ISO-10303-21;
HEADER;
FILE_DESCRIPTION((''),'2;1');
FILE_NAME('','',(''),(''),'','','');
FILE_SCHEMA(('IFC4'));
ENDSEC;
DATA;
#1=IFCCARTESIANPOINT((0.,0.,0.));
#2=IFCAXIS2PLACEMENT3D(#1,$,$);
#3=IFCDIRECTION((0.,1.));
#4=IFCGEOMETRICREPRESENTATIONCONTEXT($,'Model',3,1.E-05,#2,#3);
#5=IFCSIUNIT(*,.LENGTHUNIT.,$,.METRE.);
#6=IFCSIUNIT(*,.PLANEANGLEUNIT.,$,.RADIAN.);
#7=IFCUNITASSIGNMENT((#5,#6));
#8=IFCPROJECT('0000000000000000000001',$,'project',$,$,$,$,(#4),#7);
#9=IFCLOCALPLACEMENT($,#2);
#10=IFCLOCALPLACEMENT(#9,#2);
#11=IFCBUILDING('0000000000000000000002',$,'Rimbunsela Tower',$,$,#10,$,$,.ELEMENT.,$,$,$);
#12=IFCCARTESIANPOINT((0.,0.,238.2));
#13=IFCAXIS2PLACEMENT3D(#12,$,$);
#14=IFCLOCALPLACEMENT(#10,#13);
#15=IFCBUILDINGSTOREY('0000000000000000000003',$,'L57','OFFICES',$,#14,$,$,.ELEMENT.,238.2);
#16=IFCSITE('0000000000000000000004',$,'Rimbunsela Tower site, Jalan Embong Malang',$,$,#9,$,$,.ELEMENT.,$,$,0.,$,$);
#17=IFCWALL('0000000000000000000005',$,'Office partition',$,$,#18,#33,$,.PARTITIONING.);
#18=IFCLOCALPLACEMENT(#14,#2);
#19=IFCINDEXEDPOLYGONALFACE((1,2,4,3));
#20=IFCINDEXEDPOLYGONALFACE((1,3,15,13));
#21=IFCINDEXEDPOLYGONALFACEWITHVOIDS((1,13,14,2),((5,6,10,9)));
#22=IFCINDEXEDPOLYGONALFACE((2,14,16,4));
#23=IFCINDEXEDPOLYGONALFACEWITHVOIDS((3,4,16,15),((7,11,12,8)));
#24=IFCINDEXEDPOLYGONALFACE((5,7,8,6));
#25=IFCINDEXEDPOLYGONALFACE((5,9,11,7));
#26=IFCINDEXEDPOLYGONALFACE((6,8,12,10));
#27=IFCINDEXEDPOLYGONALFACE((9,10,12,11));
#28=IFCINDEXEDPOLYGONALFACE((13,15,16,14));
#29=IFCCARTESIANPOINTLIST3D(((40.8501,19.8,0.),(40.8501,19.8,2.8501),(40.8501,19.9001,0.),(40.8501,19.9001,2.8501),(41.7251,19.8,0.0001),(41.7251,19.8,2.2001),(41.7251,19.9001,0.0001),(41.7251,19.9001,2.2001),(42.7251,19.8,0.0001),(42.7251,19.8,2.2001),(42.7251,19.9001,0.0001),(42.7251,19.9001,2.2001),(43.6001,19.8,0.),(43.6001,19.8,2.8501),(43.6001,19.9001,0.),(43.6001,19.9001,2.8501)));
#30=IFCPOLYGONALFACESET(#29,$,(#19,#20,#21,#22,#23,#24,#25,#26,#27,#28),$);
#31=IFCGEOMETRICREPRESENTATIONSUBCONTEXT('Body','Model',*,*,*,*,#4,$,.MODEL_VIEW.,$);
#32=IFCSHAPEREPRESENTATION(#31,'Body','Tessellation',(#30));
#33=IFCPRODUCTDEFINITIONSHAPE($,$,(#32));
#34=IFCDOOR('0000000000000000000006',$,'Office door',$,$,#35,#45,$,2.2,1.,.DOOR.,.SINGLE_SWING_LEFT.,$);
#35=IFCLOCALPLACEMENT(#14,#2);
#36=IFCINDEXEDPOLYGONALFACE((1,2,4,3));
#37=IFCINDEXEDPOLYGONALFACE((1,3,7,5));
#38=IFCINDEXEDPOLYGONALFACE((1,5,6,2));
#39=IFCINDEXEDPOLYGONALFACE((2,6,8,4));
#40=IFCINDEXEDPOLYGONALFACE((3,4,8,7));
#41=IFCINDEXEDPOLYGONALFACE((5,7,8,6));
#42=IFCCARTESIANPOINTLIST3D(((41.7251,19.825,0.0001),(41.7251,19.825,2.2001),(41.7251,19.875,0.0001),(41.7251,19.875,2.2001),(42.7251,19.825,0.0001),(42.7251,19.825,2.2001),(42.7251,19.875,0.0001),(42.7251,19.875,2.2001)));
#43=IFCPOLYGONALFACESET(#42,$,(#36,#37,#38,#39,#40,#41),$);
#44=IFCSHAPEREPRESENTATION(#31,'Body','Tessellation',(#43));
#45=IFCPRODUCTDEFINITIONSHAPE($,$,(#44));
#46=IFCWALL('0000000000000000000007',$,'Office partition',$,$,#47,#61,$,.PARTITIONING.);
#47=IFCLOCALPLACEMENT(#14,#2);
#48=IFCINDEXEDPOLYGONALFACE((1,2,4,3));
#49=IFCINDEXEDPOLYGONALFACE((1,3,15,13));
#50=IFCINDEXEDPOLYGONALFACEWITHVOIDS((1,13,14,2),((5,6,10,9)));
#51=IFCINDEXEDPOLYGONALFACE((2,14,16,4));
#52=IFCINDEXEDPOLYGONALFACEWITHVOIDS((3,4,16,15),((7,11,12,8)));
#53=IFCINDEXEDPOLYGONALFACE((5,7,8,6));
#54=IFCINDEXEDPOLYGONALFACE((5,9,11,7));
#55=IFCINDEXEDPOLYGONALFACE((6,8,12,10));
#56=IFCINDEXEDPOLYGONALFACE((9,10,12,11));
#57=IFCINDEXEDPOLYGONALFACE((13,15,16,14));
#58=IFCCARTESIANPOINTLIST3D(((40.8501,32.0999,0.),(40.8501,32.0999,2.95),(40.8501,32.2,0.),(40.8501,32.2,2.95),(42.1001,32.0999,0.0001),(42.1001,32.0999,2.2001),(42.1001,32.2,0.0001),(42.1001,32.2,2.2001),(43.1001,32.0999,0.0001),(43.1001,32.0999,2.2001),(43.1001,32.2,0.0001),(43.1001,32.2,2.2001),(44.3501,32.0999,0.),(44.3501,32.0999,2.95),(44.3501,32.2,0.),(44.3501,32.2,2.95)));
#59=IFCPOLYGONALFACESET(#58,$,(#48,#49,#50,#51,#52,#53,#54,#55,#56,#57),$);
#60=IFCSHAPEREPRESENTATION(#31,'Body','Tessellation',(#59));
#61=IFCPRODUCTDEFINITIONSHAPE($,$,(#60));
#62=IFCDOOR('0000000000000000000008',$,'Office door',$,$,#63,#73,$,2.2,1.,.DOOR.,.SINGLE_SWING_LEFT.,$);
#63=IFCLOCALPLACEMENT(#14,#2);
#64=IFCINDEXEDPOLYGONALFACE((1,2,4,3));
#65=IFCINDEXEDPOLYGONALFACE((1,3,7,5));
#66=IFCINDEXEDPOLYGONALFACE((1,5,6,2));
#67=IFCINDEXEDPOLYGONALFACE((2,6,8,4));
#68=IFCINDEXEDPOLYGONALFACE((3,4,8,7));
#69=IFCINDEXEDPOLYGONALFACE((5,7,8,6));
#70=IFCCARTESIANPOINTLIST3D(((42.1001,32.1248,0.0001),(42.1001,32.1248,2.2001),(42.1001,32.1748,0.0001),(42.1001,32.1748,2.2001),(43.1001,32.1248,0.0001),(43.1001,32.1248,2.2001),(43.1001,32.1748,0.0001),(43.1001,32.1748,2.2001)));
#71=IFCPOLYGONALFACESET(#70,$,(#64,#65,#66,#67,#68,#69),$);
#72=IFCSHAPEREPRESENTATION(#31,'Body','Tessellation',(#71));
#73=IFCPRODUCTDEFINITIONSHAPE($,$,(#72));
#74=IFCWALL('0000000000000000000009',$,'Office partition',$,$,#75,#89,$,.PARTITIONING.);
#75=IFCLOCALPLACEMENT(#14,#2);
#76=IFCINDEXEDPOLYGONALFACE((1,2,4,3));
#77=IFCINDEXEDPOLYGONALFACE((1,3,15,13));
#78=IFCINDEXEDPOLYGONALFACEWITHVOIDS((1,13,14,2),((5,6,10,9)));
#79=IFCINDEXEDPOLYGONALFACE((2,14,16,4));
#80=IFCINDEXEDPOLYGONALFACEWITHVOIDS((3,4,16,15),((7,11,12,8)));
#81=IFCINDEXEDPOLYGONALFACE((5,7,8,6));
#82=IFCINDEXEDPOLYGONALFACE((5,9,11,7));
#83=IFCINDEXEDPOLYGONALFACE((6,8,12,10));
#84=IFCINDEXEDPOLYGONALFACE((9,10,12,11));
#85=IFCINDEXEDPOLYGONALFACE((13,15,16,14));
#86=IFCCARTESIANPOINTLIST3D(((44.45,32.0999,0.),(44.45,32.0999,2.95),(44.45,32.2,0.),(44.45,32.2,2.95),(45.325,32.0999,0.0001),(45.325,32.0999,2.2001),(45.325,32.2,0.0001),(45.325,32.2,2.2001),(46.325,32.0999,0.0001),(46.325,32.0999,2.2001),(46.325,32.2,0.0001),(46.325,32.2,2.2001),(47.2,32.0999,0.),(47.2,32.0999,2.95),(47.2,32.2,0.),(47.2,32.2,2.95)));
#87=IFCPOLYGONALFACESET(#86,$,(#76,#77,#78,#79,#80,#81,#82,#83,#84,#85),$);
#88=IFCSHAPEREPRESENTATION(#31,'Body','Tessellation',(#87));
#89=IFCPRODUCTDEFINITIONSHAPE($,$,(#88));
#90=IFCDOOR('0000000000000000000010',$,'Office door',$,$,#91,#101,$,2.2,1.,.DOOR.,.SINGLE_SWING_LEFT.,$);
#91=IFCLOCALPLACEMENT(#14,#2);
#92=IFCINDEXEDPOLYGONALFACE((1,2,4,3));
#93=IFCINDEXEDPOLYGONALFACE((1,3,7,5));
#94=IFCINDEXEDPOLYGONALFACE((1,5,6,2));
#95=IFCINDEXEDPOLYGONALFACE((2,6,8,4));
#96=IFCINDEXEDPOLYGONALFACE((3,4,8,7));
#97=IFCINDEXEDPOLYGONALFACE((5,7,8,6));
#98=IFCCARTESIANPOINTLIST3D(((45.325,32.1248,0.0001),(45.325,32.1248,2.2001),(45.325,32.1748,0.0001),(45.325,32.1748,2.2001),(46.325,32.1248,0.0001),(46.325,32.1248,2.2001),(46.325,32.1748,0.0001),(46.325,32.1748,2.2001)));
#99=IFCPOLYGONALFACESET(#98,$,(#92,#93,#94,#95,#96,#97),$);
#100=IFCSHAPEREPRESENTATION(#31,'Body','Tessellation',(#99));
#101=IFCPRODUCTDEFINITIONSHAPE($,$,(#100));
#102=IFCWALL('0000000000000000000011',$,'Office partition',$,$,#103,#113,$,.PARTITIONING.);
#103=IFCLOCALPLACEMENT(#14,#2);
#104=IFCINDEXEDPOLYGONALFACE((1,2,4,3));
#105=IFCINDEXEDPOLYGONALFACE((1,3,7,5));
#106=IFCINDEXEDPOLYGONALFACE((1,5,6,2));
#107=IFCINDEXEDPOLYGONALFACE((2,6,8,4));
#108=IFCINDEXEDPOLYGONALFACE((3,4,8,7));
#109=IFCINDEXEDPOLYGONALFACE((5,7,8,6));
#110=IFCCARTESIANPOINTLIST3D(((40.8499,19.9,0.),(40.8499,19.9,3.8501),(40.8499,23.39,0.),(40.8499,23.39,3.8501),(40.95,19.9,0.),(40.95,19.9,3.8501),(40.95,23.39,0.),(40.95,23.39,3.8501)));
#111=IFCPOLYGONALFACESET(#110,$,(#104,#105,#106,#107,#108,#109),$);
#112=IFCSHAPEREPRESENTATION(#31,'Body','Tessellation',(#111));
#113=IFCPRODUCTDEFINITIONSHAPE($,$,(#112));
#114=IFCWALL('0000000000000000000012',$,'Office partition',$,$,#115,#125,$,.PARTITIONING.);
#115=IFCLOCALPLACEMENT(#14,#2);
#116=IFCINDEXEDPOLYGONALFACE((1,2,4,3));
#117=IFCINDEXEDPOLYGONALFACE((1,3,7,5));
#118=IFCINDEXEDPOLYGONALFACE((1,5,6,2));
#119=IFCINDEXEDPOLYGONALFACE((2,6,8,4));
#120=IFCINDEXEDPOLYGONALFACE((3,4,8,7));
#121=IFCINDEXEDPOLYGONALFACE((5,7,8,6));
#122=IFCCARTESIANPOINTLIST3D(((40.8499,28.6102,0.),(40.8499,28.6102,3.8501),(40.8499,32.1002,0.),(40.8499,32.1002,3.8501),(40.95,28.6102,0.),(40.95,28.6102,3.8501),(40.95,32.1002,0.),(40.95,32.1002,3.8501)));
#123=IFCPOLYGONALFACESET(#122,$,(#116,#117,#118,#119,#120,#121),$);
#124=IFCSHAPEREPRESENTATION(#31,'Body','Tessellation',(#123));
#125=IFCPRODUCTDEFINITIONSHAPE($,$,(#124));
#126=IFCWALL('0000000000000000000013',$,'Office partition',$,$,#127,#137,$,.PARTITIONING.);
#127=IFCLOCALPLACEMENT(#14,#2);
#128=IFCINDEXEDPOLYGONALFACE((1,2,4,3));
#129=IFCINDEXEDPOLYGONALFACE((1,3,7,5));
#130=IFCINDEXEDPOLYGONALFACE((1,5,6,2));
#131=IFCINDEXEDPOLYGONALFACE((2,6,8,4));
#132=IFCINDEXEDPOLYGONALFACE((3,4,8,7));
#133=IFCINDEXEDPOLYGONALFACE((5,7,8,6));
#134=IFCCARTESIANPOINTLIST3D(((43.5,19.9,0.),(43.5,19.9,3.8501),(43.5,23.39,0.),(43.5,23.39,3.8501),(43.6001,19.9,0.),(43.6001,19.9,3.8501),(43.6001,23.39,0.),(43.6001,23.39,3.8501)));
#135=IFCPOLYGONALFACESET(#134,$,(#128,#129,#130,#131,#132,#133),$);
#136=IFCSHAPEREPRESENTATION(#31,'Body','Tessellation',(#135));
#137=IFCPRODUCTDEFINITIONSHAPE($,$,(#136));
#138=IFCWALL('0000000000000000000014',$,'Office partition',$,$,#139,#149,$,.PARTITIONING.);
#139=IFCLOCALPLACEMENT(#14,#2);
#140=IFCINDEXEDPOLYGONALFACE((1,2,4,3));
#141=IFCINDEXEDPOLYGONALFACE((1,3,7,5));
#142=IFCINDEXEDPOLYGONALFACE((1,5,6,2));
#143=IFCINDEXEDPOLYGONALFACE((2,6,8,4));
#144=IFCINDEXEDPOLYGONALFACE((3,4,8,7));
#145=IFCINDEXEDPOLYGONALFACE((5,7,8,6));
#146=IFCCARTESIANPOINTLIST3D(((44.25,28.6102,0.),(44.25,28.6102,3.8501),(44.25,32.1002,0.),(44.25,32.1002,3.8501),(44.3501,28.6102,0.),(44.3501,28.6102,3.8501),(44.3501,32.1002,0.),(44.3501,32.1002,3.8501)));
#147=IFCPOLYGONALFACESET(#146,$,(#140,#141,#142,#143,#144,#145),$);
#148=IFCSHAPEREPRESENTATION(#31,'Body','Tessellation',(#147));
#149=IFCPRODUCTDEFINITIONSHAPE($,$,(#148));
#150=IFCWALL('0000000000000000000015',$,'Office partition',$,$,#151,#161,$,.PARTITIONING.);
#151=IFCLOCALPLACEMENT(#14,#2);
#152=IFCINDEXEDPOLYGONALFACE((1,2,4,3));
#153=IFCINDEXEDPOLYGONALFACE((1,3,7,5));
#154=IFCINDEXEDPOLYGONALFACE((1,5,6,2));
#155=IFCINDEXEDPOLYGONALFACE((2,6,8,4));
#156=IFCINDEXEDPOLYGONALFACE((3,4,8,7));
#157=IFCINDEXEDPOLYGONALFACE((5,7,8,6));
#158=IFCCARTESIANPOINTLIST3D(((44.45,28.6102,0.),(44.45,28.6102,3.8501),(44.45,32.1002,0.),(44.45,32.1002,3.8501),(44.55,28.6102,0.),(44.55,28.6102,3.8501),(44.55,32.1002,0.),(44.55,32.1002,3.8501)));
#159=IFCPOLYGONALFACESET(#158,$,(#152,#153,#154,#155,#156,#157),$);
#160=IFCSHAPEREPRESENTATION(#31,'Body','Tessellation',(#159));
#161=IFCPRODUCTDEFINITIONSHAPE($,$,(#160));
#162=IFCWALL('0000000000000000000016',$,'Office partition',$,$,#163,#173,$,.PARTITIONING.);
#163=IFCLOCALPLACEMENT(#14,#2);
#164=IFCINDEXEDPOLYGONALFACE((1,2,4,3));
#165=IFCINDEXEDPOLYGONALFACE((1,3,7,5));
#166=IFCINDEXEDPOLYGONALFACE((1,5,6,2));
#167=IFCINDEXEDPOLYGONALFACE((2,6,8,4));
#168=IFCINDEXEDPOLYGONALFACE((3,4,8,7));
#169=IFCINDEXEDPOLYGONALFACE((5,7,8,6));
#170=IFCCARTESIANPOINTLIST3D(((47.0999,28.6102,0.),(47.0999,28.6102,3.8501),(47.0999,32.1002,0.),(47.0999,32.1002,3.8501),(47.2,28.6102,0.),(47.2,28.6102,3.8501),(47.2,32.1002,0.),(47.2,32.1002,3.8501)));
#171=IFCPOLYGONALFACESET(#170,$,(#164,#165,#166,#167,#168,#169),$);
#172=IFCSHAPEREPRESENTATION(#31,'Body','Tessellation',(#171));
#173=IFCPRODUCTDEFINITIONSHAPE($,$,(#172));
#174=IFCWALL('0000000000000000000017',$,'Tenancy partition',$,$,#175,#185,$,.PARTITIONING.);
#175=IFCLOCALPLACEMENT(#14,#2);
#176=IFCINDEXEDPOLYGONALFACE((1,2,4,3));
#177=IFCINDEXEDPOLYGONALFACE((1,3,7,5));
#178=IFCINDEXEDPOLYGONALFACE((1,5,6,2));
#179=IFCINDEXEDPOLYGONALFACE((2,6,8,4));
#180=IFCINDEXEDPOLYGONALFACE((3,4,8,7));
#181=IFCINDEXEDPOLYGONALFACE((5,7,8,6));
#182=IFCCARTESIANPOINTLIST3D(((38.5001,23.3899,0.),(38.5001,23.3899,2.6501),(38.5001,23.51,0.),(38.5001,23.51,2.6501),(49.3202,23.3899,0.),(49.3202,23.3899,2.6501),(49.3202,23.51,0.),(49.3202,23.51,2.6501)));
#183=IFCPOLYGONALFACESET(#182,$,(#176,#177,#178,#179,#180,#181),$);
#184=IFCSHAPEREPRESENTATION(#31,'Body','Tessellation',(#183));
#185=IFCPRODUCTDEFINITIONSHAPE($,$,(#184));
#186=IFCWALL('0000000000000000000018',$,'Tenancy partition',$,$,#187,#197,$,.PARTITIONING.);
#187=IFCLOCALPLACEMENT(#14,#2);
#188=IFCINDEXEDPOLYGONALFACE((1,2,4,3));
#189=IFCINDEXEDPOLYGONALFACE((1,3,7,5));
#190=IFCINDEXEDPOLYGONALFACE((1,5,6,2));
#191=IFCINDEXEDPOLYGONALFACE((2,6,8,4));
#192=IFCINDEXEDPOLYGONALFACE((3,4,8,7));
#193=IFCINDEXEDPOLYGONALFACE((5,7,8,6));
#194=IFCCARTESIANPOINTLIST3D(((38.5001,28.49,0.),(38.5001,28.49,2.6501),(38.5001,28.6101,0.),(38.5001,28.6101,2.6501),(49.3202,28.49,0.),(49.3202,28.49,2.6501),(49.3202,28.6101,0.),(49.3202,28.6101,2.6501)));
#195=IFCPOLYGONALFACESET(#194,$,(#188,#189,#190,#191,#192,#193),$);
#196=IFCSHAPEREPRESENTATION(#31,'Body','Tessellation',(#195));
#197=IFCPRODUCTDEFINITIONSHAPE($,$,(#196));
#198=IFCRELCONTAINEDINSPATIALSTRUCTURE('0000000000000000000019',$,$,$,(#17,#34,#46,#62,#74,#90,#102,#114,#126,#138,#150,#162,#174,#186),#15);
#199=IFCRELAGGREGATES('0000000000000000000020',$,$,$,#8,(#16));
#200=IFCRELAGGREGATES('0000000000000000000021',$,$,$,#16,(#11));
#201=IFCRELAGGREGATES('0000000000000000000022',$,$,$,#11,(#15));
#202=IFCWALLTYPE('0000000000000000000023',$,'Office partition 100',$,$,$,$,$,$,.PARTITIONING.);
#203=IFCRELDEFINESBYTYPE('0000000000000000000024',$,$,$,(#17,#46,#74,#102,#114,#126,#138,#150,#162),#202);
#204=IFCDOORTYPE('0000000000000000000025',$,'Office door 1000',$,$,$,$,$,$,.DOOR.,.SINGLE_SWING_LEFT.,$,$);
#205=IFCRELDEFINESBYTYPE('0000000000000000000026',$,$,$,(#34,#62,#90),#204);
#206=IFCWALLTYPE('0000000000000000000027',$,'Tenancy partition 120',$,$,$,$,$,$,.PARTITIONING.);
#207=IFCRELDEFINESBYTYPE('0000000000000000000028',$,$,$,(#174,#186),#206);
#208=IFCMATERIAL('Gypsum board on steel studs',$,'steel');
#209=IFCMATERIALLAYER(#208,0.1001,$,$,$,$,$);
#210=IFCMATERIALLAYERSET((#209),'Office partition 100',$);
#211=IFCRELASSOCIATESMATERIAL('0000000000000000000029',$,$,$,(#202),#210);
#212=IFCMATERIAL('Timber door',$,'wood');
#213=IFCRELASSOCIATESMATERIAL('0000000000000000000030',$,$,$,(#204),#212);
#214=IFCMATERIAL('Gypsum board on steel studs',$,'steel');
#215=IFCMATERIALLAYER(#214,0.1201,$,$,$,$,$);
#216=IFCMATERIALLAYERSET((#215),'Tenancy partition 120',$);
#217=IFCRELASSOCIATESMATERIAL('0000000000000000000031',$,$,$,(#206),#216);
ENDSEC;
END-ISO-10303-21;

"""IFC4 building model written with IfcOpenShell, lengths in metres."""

from ifc_helpers import new_model, si_unit, direction, frame, frame_2d, origin, place, context, subcontext, project, spatial, rectangle, extrude, material, layer, layer_set, type_object, element, fill, save


model = new_model("IFC4")

# Units and contexts
model_context = context("Model", 3, precision=1e-05, world=origin(), true_north=direction((0.0, 1.0)))
body_context = subcontext(model_context, "Body", "Model", "MODEL_VIEW")
ifc_project = project(units=[si_unit("LENGTHUNIT", "METRE"), si_unit("PLANEANGLEUNIT", "RADIAN")], contexts=[model_context])

# Site, building, storey
site_placement = place(None, origin())
site = spatial("IfcSite", under=ifc_project, at=site_placement, Name="Rimbunsela Tower site, Jalan Embong Malang", CompositionType="ELEMENT", RefElevation=0.0)
building_placement = place(site_placement, origin())
building = spatial("IfcBuilding", under=site, at=building_placement, Name="Rimbunsela Tower", CompositionType="ELEMENT")
storey_placement = place(building_placement, frame((0.0, 0.0, 238.2)))
storey = spatial("IfcBuildingStorey", under=building, at=storey_placement, Name="L57", Description="OFFICES", CompositionType="ELEMENT", Elevation=238.2)

# Walls, openings, doors
ifc_material_1 = material(Name="Gypsum board on steel studs", Category="steel")
ifc_layer_1 = layer(ifc_material_1, 0.1001)
ifc_layer_set_1 = layer_set([ifc_layer_1], Name="Office partition 100")
wall_type_1 = type_object("IfcWallType", Name="Office partition 100", PredefinedType="PARTITIONING", material=ifc_layer_set_1)
wall_1_placement = place(storey_placement, frame((40.8501, 19.8501, 0.0), z_axis=(0.0, 0.0, 1.0), x_axis=(1.0, 0.0, 0.0)))
wall_1 = element("IfcWall", 1, at=wall_1_placement, inside=storey, type_object=wall_type_1, Name="Office partition", PredefinedType="PARTITIONING", context=body_context, shape_type="SweptSolid", body=[
    extrude(rectangle(XDim=2.75, YDim=0.1001, at=frame_2d((1.375, 0.0))), origin(), (0.0, 0.0, 1.0), 2.8501),
])
opening_1_placement = place(wall_1_placement, frame((0.875, 0.0, 0.0)))
opening_1 = element("IfcOpeningElement", 2, at=opening_1_placement, cuts=wall_1, PredefinedType="OPENING", context=body_context, shape_type="SweptSolid", body=[
    extrude(rectangle(XDim=1.0, YDim=2.2, at=frame_2d((0.5, 1.1001))), frame((0.0, 0.0601, 0.0), z_axis=(0.0, -1.0, 0.0), x_axis=(1.0, 0.0, 0.0)), (0.0, 0.0, 1.0), 0.1201),
])
ifc_material_2 = material(Name="Timber door", Category="wood")
door_type = type_object("IfcDoorType", Name="Office door 1000", OperationType="SINGLE_SWING_LEFT", PredefinedType="DOOR", material=ifc_material_2)
door_1_placement = place(opening_1_placement, origin())
door_1 = element("IfcDoor", 3, at=door_1_placement, inside=storey, type_object=door_type, Name="Office door", OperationType="SINGLE_SWING_LEFT", OverallHeight=2.2, OverallWidth=1.0, PredefinedType="DOOR", context=body_context, shape_type="SweptSolid", body=[
    extrude(rectangle(XDim=1.0, YDim=2.2, at=frame_2d((0.5, 1.1001))), frame((0.0, 0.0249, 0.0), z_axis=(0.0, -1.0, 0.0), x_axis=(1.0, 0.0, 0.0)), (0.0, 0.0, 1.0), 0.05),
])
fill(opening_1, door_1)
wall_2_placement = place(storey_placement, frame((40.8501, 32.1499, 0.0), z_axis=(0.0, 0.0, 1.0), x_axis=(1.0, 0.0, 0.0)))
wall_2 = element("IfcWall", 4, at=wall_2_placement, inside=storey, type_object=wall_type_1, Name="Office partition", PredefinedType="PARTITIONING", context=body_context, shape_type="SweptSolid", body=[
    extrude(rectangle(XDim=3.5, YDim=0.1001, at=frame_2d((1.75, 0.0))), origin(), (0.0, 0.0, 1.0), 2.95),
])
opening_2_placement = place(wall_2_placement, frame((1.25, 0.0, 0.0)))
opening_2 = element("IfcOpeningElement", 5, at=opening_2_placement, cuts=wall_2, PredefinedType="OPENING", context=body_context, shape_type="SweptSolid", body=[
    extrude(rectangle(XDim=1.0, YDim=2.2, at=frame_2d((0.5, 1.1001))), frame((0.0, 0.0601, 0.0), z_axis=(0.0, -1.0, 0.0), x_axis=(1.0, 0.0, 0.0)), (0.0, 0.0, 1.0), 0.1201),
])
door_2_placement = place(opening_2_placement, origin())
door_2 = element("IfcDoor", 6, at=door_2_placement, inside=storey, type_object=door_type, Name="Office door", OperationType="SINGLE_SWING_LEFT", OverallHeight=2.2, OverallWidth=1.0, PredefinedType="DOOR", context=body_context, shape_type="SweptSolid", body=[
    extrude(rectangle(XDim=1.0, YDim=2.2, at=frame_2d((0.5, 1.1001))), frame((0.0, 0.0249, 0.0), z_axis=(0.0, -1.0, 0.0), x_axis=(1.0, 0.0, 0.0)), (0.0, 0.0, 1.0), 0.05),
])
fill(opening_2, door_2)
wall_3_placement = place(storey_placement, frame((44.45, 32.1499, 0.0), z_axis=(0.0, 0.0, 1.0), x_axis=(1.0, 0.0, 0.0)))
wall_3 = element("IfcWall", 7, at=wall_3_placement, inside=storey, type_object=wall_type_1, Name="Office partition", PredefinedType="PARTITIONING", context=body_context, shape_type="SweptSolid", body=[
    extrude(rectangle(XDim=2.75, YDim=0.1001, at=frame_2d((1.375, 0.0))), origin(), (0.0, 0.0, 1.0), 2.95),
])
opening_3_placement = place(wall_3_placement, frame((0.875, 0.0, 0.0)))
opening_3 = element("IfcOpeningElement", 8, at=opening_3_placement, cuts=wall_3, PredefinedType="OPENING", context=body_context, shape_type="SweptSolid", body=[
    extrude(rectangle(XDim=1.0, YDim=2.2, at=frame_2d((0.5, 1.1001))), frame((0.0, 0.0601, 0.0), z_axis=(0.0, -1.0, 0.0), x_axis=(1.0, 0.0, 0.0)), (0.0, 0.0, 1.0), 0.1201),
])
door_3_placement = place(opening_3_placement, origin())
door_3 = element("IfcDoor", 9, at=door_3_placement, inside=storey, type_object=door_type, Name="Office door", OperationType="SINGLE_SWING_LEFT", OverallHeight=2.2, OverallWidth=1.0, PredefinedType="DOOR", context=body_context, shape_type="SweptSolid", body=[
    extrude(rectangle(XDim=1.0, YDim=2.2, at=frame_2d((0.5, 1.1001))), frame((0.0, 0.0249, 0.0), z_axis=(0.0, -1.0, 0.0), x_axis=(1.0, 0.0, 0.0)), (0.0, 0.0, 1.0), 0.05),
])
fill(opening_3, door_3)

# Walls
for number, where, z_axis, x_axis, name in (
    (10, (40.8999, 19.8999, 0.0), (0.0, 0.0, 1.0), (0.0, 1.0, 0.0), "Office partition"),
    (11, (40.8999, 28.6101, 0.0), (0.0, 0.0, 1.0), (0.0, 1.0, 0.0), "Office partition"),
    (12, (43.55, 19.8999, 0.0), (0.0, 0.0, 1.0), (0.0, 1.0, 0.0), "Office partition"),
    (13, (44.3, 28.6101, 0.0), (0.0, 0.0, 1.0), (0.0, 1.0, 0.0), "Office partition"),
    (14, (44.5, 28.6101, 0.0), (0.0, 0.0, 1.0), (0.0, 1.0, 0.0), "Office partition"),
    (15, (47.1499, 28.6101, 0.0), (0.0, 0.0, 1.0), (0.0, 1.0, 0.0), "Office partition"),
):
    element("IfcWall", number, at=place(storey_placement, frame(where, z_axis=z_axis, x_axis=x_axis)), inside=storey, type_object=wall_type_1, Name=name, PredefinedType="PARTITIONING", context=body_context, shape_type="SweptSolid", body=[
        extrude(rectangle(XDim=3.49, YDim=0.1001, at=frame_2d((1.7451, 0.0))), origin(), (0.0, 0.0, 1.0), 3.8501),
    ])
ifc_material_3 = material(Name="Gypsum board on steel studs", Category="steel")
ifc_layer_2 = layer(ifc_material_3, 0.1201)
ifc_layer_set_2 = layer_set([ifc_layer_2], Name="Tenancy partition 120")
wall_type_2 = type_object("IfcWallType", Name="Tenancy partition 120", PredefinedType="PARTITIONING", material=ifc_layer_set_2)
for number, where, z_axis, x_axis, name in (
    (16, (38.5, 23.45, 0.0), (0.0, 0.0, 1.0), (1.0, 0.0, 0.0), "Tenancy partition"),
    (17, (38.5, 28.55, 0.0), (0.0, 0.0, 1.0), (1.0, 0.0, 0.0), "Tenancy partition"),
):
    element("IfcWall", number, at=place(storey_placement, frame(where, z_axis=z_axis, x_axis=x_axis)), inside=storey, type_object=wall_type_2, Name=name, PredefinedType="PARTITIONING", context=body_context, shape_type="SweptSolid", body=[
        extrude(rectangle(XDim=10.8201, YDim=0.1201, at=frame_2d((5.4102, 0.0))), origin(), (0.0, 0.0, 1.0), 2.6501),
    ])

save(model, "model.ifc")
